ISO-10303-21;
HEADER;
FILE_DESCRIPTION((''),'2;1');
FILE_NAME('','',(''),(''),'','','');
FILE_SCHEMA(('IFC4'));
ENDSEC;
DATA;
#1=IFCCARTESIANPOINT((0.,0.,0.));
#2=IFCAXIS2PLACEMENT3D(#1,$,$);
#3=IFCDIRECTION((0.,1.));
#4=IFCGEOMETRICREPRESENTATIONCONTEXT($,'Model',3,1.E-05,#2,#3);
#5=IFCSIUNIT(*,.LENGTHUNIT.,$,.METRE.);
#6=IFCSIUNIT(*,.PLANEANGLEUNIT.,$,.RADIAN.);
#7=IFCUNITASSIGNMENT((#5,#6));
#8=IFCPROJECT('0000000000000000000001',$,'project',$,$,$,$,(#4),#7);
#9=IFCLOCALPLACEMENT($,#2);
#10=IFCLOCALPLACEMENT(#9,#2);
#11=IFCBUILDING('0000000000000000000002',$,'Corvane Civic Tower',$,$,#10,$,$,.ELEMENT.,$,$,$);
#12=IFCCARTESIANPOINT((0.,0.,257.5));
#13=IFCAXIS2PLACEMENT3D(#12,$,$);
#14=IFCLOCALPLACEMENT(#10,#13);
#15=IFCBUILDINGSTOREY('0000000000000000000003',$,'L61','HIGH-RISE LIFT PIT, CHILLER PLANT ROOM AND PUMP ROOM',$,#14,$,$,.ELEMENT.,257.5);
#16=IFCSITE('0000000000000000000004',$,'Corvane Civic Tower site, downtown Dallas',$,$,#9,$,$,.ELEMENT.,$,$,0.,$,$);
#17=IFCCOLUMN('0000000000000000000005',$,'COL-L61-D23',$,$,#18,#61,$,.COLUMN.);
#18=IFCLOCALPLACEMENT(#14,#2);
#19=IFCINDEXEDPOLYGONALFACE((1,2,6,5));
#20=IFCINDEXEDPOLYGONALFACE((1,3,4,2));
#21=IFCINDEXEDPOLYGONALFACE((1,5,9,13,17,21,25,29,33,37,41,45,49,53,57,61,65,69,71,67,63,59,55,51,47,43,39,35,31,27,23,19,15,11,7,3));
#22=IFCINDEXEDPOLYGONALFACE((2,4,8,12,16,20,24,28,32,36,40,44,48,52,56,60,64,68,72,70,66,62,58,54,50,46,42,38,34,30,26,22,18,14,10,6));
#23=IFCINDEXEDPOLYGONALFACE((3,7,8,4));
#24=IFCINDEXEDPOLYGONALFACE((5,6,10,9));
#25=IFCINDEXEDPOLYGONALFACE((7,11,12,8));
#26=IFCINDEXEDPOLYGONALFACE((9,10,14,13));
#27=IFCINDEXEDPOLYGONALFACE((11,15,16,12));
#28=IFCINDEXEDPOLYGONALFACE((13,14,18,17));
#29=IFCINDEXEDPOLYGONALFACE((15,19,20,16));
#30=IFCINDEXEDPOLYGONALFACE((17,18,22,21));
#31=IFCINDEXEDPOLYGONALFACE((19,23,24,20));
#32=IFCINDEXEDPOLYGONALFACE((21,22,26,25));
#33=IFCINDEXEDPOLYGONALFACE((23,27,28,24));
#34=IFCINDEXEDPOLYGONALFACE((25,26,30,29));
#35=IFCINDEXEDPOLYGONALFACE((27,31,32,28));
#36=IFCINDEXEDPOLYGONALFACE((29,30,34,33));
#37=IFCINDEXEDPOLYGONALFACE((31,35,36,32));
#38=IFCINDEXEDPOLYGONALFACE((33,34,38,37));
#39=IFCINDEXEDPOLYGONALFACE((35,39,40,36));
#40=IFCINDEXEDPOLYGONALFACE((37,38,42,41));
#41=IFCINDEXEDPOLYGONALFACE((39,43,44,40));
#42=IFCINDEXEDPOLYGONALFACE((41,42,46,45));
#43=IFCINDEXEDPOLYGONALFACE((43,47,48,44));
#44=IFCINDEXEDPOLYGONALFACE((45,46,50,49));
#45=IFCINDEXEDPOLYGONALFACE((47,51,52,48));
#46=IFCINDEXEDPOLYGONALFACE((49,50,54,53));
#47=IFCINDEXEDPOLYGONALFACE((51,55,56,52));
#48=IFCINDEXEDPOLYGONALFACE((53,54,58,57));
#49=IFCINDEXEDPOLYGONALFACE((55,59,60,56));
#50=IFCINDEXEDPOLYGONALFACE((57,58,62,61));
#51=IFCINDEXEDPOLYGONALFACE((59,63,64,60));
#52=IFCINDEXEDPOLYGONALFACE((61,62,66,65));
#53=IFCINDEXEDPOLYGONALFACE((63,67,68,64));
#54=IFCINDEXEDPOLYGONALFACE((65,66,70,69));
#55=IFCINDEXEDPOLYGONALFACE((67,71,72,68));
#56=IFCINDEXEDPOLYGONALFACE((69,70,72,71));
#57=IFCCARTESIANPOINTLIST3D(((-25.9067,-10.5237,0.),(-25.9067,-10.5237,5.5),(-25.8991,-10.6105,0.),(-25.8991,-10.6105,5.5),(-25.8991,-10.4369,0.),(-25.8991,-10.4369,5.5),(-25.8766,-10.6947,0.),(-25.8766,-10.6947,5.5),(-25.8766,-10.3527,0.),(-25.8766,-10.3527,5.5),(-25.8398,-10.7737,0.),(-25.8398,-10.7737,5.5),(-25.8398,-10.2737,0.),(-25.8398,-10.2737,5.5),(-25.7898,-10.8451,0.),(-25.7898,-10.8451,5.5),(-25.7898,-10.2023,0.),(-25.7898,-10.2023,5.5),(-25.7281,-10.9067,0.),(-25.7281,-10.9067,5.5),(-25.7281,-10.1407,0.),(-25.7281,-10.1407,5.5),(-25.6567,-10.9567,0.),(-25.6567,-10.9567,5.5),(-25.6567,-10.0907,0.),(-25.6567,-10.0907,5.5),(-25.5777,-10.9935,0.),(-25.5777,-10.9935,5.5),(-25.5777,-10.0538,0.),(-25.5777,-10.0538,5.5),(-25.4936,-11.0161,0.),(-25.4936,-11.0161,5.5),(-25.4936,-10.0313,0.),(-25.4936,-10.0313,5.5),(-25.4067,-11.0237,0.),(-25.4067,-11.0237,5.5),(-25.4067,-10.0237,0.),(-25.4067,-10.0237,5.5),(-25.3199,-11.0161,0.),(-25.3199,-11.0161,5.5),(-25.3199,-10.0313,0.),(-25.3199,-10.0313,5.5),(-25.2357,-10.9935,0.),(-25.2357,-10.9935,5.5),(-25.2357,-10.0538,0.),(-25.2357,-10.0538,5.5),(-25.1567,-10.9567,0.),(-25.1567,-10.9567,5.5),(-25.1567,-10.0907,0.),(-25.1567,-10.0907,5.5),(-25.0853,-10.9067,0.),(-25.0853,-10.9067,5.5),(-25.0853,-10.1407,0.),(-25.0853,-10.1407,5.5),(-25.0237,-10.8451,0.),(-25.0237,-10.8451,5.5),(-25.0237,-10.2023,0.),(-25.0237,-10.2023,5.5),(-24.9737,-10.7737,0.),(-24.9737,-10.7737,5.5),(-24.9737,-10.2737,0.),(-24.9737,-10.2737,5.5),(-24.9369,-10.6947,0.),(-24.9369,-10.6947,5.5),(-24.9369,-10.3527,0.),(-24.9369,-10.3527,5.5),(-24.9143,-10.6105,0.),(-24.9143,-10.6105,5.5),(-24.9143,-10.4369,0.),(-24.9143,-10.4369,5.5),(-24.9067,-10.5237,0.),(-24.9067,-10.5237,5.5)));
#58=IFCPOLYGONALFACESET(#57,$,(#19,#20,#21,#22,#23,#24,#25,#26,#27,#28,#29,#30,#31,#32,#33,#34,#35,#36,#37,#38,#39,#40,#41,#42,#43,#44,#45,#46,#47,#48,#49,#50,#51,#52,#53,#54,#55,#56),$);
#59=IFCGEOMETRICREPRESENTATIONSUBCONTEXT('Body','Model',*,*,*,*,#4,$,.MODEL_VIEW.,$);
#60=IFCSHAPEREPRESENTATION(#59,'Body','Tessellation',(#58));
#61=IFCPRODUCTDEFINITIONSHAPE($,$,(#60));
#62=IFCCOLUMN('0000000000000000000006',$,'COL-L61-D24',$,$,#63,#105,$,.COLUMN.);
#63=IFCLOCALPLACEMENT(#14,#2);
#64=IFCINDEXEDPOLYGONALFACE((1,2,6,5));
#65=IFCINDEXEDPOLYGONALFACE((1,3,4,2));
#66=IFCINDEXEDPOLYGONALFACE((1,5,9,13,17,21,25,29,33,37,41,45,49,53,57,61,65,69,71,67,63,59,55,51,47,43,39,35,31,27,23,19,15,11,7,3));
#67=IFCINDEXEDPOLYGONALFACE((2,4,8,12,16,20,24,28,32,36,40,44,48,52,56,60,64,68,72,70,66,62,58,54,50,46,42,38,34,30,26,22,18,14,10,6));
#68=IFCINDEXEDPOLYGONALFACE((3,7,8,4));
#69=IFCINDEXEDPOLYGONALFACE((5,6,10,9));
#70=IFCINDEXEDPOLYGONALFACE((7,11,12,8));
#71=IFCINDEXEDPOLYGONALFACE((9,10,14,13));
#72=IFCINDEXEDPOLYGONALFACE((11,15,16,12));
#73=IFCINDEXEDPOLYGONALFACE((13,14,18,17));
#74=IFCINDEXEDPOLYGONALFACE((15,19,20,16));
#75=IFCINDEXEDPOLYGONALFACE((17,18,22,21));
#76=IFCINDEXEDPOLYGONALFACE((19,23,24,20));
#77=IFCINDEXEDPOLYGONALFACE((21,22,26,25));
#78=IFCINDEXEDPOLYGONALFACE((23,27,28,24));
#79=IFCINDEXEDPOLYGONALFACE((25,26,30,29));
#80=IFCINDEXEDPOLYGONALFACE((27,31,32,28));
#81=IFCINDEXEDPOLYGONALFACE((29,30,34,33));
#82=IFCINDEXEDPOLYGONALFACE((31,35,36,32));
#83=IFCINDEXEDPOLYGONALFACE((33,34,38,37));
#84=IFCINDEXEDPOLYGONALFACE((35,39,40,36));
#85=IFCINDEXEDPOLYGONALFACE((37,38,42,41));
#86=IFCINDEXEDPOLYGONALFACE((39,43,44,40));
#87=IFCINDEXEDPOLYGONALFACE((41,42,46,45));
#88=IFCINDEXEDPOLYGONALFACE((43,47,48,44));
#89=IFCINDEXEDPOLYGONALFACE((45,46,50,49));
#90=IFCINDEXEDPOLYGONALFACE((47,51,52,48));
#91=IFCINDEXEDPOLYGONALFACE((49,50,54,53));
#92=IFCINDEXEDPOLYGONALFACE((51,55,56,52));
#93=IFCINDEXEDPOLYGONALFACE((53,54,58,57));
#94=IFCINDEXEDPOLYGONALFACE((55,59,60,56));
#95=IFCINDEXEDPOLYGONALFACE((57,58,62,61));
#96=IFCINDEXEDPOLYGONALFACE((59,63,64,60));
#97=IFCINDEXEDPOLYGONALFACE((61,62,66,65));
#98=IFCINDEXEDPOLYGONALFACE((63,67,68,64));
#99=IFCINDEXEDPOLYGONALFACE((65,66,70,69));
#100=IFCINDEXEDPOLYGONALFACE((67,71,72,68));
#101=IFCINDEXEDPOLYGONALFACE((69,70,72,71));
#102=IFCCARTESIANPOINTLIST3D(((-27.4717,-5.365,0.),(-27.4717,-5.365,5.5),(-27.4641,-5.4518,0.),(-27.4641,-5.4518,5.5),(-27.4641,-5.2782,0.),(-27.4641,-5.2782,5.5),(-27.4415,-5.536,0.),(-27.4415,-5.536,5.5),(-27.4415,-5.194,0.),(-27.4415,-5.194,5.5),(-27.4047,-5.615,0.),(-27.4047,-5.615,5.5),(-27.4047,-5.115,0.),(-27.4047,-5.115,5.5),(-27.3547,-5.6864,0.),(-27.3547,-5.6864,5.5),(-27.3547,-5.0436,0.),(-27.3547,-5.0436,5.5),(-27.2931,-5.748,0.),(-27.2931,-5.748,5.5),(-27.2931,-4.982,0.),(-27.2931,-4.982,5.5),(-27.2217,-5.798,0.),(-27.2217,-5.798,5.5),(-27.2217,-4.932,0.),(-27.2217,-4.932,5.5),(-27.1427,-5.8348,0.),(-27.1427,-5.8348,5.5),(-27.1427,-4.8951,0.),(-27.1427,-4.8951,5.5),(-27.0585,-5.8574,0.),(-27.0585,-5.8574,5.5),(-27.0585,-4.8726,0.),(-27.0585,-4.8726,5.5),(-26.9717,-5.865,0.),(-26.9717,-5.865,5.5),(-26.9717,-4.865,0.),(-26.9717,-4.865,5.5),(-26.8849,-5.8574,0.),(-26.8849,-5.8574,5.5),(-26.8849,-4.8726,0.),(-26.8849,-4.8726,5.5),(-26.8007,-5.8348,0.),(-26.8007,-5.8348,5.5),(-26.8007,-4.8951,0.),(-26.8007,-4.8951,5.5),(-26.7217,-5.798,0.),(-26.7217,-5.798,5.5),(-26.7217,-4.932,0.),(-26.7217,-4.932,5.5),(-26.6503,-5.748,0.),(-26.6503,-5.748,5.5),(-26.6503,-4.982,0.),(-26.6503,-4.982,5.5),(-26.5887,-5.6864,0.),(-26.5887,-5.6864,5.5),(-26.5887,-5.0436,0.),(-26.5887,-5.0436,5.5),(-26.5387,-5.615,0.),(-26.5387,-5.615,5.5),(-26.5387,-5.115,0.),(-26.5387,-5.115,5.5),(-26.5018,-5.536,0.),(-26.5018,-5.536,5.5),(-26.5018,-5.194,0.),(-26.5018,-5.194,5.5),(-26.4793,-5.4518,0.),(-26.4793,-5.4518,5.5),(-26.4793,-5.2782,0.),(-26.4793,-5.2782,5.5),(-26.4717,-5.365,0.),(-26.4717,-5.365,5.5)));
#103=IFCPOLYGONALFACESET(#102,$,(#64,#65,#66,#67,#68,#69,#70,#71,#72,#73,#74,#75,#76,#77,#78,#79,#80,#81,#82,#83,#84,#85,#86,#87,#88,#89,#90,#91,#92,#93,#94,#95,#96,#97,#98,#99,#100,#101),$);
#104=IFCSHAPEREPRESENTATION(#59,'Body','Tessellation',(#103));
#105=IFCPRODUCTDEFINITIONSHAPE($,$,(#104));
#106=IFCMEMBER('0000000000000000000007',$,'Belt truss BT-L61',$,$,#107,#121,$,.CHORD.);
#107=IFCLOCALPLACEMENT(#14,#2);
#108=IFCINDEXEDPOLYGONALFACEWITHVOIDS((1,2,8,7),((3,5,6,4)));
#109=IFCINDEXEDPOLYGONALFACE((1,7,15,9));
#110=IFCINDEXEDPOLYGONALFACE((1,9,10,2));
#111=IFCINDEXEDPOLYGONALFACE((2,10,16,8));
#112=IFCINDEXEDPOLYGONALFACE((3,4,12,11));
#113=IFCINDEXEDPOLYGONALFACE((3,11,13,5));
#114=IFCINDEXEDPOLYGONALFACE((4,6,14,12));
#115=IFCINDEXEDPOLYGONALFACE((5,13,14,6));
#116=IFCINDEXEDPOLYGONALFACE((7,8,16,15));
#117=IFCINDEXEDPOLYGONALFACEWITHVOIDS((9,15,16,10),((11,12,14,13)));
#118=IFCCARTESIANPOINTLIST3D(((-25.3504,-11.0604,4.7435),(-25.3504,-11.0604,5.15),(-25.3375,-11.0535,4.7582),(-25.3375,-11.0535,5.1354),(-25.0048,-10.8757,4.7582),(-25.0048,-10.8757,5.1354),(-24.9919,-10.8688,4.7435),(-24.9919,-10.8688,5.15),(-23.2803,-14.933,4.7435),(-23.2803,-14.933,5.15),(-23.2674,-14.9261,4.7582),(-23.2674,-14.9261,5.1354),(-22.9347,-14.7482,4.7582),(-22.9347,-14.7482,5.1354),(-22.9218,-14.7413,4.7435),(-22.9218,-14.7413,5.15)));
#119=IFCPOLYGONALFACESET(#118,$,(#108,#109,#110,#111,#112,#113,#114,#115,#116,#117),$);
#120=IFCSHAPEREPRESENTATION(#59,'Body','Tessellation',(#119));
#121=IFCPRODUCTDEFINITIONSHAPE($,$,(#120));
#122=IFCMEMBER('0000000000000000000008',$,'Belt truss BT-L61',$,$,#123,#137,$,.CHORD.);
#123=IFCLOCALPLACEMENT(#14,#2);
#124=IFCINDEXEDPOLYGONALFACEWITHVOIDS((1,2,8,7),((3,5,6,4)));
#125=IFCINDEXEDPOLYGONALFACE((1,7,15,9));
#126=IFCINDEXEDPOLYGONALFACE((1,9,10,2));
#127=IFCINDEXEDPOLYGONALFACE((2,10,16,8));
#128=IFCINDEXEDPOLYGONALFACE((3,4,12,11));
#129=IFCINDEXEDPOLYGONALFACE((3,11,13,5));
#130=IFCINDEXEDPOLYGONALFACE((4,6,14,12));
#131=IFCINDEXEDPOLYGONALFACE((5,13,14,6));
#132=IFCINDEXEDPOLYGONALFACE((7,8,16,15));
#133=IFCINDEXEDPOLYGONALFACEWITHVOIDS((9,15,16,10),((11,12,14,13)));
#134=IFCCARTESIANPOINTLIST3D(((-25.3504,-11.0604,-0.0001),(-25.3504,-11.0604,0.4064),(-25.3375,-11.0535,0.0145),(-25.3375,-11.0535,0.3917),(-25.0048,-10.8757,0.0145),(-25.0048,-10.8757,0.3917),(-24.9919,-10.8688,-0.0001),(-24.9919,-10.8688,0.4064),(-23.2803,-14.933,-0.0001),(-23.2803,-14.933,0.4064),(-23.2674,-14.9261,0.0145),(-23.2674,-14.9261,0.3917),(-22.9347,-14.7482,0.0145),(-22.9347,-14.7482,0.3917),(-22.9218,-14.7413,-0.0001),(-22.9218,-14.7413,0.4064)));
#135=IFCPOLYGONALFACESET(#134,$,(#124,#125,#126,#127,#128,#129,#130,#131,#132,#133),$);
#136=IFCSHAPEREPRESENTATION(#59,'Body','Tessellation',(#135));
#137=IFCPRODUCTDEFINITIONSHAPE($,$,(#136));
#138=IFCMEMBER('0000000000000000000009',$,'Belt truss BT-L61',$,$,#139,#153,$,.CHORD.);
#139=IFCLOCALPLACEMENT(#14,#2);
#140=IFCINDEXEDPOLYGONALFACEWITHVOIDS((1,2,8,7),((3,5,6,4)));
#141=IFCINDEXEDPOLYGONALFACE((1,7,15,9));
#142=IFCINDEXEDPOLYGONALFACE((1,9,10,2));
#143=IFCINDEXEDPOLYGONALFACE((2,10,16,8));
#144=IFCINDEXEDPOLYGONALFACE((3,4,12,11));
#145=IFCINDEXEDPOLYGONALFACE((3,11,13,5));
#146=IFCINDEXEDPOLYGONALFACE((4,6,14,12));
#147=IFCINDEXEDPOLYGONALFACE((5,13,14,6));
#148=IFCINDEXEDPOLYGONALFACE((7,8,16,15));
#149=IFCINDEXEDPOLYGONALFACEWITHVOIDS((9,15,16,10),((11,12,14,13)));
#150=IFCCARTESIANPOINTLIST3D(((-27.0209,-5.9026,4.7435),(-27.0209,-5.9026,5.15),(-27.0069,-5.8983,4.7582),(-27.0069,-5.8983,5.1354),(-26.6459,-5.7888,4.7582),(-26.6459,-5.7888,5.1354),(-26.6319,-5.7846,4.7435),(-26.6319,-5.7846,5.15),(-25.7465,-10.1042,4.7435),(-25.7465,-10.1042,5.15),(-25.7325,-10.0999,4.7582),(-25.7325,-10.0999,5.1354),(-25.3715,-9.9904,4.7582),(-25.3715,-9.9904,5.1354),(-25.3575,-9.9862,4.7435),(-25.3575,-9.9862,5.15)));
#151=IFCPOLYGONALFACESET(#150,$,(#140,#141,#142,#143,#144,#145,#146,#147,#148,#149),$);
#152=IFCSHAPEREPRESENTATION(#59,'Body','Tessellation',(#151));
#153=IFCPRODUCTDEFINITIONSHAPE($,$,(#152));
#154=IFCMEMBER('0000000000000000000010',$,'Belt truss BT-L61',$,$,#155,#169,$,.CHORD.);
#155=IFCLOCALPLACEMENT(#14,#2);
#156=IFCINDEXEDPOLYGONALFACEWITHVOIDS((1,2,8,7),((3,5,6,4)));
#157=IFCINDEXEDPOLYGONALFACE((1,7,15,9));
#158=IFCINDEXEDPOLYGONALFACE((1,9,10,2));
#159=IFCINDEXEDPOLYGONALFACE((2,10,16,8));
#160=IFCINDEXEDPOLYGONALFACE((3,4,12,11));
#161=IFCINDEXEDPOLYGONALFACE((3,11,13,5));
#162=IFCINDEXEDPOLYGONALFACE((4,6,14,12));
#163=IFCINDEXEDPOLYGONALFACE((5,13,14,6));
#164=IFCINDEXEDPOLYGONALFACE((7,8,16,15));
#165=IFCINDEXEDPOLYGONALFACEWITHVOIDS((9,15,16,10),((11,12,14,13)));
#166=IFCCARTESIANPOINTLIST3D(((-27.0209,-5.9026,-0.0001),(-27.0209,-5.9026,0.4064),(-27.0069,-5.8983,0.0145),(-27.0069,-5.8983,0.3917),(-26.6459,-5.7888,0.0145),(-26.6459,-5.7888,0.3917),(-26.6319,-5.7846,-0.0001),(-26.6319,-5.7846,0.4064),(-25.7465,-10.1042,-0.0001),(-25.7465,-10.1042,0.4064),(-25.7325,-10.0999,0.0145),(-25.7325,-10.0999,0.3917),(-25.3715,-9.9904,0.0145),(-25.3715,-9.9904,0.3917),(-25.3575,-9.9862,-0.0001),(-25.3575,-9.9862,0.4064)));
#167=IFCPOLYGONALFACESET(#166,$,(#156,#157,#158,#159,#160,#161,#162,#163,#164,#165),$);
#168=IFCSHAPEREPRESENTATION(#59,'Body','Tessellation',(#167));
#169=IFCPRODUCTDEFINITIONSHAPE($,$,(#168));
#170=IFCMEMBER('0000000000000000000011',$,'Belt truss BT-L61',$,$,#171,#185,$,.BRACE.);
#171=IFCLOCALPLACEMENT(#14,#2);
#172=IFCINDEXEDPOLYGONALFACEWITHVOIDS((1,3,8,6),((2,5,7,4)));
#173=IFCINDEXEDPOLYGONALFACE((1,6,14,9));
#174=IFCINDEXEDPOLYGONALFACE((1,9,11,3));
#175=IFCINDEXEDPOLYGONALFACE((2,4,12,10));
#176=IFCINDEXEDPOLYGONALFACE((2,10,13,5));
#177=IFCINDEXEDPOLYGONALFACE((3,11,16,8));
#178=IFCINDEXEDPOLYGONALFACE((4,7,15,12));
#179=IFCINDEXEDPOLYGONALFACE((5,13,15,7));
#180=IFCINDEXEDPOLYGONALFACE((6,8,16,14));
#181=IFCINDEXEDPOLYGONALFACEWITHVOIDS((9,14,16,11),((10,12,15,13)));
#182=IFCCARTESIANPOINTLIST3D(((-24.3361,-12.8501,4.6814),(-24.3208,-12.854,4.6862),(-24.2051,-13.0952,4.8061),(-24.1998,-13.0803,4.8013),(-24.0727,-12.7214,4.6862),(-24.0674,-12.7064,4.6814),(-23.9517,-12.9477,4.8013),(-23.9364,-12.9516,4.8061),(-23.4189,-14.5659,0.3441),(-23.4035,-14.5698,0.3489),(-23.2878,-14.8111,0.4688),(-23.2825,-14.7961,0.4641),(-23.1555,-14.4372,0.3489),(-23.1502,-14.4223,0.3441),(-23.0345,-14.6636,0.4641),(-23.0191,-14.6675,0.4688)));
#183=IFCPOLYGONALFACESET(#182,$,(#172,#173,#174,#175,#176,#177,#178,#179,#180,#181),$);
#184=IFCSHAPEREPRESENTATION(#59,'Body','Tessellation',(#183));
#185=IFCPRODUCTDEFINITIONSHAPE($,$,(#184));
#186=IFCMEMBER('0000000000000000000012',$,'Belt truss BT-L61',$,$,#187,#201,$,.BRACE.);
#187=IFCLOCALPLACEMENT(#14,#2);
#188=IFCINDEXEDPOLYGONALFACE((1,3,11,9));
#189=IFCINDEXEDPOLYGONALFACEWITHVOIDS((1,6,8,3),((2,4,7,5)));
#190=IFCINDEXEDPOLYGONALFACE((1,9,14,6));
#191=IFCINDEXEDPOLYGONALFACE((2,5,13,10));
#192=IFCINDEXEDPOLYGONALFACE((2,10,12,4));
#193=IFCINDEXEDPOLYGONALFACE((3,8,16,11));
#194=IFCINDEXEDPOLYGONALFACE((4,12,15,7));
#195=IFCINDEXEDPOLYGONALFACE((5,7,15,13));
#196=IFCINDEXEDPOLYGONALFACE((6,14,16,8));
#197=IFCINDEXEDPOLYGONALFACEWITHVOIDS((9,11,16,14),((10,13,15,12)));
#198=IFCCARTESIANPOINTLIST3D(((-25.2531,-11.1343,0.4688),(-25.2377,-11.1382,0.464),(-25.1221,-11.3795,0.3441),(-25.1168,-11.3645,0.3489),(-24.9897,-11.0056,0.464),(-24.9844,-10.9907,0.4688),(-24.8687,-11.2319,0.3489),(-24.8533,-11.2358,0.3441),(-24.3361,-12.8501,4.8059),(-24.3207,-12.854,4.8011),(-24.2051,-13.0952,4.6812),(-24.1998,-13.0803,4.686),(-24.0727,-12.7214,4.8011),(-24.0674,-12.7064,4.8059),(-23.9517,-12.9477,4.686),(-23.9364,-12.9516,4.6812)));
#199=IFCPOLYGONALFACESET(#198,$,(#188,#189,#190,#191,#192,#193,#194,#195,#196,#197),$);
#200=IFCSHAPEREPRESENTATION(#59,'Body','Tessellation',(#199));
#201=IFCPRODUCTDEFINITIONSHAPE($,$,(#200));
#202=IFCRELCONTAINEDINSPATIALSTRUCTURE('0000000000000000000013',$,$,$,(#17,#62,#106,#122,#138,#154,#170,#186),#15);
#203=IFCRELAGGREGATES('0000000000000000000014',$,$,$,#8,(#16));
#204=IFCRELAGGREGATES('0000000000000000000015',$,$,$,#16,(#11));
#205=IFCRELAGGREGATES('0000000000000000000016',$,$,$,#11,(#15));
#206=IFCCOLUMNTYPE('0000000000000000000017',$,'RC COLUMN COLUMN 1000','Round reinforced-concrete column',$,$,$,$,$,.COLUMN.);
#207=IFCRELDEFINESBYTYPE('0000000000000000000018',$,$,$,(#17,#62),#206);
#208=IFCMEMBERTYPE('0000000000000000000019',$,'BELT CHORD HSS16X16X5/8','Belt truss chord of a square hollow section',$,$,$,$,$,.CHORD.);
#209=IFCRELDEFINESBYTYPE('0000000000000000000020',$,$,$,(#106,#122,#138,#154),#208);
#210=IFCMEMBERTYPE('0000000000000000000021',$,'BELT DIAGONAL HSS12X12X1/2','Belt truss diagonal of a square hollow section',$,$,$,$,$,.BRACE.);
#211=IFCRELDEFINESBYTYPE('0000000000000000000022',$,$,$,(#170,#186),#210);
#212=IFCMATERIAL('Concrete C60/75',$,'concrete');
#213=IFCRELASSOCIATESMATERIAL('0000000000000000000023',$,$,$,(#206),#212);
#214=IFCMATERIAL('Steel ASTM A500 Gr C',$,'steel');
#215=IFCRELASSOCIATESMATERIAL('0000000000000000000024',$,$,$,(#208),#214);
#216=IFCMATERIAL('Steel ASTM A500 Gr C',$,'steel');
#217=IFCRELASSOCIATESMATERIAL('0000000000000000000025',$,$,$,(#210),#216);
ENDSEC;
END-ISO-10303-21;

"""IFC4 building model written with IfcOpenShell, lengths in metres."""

from ifc_helpers import new_model, si_unit, direction, frame, origin, origin_2d, place, context, subcontext, project, spatial, hollow_rectangle, circle, extrude, material, material_profile, profile_set, type_object, element, save


model = new_model("IFC4")

# Units and contexts
model_context = context("Model", 3, precision=1e-05, world=origin(), true_north=direction((0.0, 1.0)))
body_context = subcontext(model_context, "Body", "Model", "MODEL_VIEW")
ifc_project = project(units=[si_unit("LENGTHUNIT", "METRE"), si_unit("PLANEANGLEUNIT", "RADIAN")], contexts=[model_context])

# Site, building, storey
site_placement = place(None, origin())
site = spatial("IfcSite", under=ifc_project, at=site_placement, Name="Corvane Civic Tower site, downtown Dallas", CompositionType="ELEMENT", RefElevation=0.0)
building_placement = place(site_placement, origin())
building = spatial("IfcBuilding", under=site, at=building_placement, Name="Corvane Civic Tower", CompositionType="ELEMENT")
storey_placement = place(building_placement, frame((0.0, 0.0, 257.5)))
storey = spatial("IfcBuildingStorey", under=building, at=storey_placement, Name="L61", Description="HIGH-RISE LIFT PIT, CHILLER PLANT ROOM AND PUMP ROOM", CompositionType="ELEMENT", Elevation=257.5)

# Columns
ifc_material_1 = material(Name="Concrete C60/75", Category="concrete")
ifc_material_profile_1 = material_profile(ifc_material_1, circle(Radius=0.5, at=origin_2d()), Name="COLUMN 1000")
ifc_profile_set_1 = profile_set([ifc_material_profile_1], Name="Concrete C60/75")
column_type = type_object("IfcColumnType", Name="RC COLUMN COLUMN 1000", Description="Round reinforced-concrete column", PredefinedType="COLUMN", material=ifc_profile_set_1)
for number, where, z_axis, x_axis, name in (
    (1, (-25.4067, -10.5237, 0.0), (0.0, 0.0, 1.0), (1.0, 0.0, 0.0), "COL-L61-D23"),
    (2, (-26.9717, -5.365, 0.0), (0.0, 0.0, 1.0), (1.0, 0.0, 0.0), "COL-L61-D24"),
):
    element("IfcColumn", number, at=place(storey_placement, frame(where, z_axis=z_axis, x_axis=x_axis)), inside=storey, type_object=column_type, Name=name, PredefinedType="COLUMN", context=body_context, shape_type="SweptSolid", body=[
        extrude(circle(Radius=0.5, at=origin_2d()), origin(), (0.0, 0.0, 1.0), 5.5),
    ])

# Members
ifc_material_2 = material(Name="Steel ASTM A500 Gr C", Category="steel")
ifc_material_profile_2 = material_profile(ifc_material_2, hollow_rectangle(XDim=0.4065, YDim=0.4065, WallThickness=0.0146, at=origin_2d()), Name="HSS16X16X5/8")
ifc_profile_set_2 = profile_set([ifc_material_profile_2], Name="Steel ASTM A500 Gr C")
member_type_1 = type_object("IfcMemberType", Name="BELT CHORD HSS16X16X5/8", Description="Belt truss chord of a square hollow section", PredefinedType="CHORD", material=ifc_profile_set_2)
for number, where, z_axis, x_axis, name in (
    (3, (-23.1011, -14.8372, 4.9468), (-0.471422, 0.881908, 0.0), (-0.881908, -0.471422, 0.0), "Belt truss BT-L61"),
    (4, (-23.1011, -14.8372, 0.2031), (-0.471422, 0.881908, 0.0), (-0.881908, -0.471422, 0.0), "Belt truss BT-L61"),
):
    element("IfcMember", number, at=place(storey_placement, frame(where, z_axis=z_axis, x_axis=x_axis)), inside=storey, type_object=member_type_1, Name=name, PredefinedType="CHORD", context=body_context, shape_type="SweptSolid", body=[
        extrude(hollow_rectangle(XDim=0.4065, YDim=0.4065, WallThickness=0.0146, at=origin_2d()), origin(), (0.0, 0.0, 1.0), 4.3911),
    ])
for number, where, z_axis, x_axis, name in (
    (5, (-25.552, -10.0452, 4.9468), (-0.290254, 0.95695, 0.0), (-0.95695, -0.290254, 0.0), "Belt truss BT-L61"),
    (6, (-25.552, -10.0452, 0.2031), (-0.290254, 0.95695, 0.0), (-0.95695, -0.290254, 0.0), "Belt truss BT-L61"),
):
    element("IfcMember", number, at=place(storey_placement, frame(where, z_axis=z_axis, x_axis=x_axis)), inside=storey, type_object=member_type_1, Name=name, PredefinedType="CHORD", context=body_context, shape_type="SweptSolid", body=[
        extrude(hollow_rectangle(XDim=0.4065, YDim=0.4065, WallThickness=0.0146, at=origin_2d()), origin(), (0.0, 0.0, 1.0), 4.3906),
    ])
ifc_material_3 = material(Name="Steel ASTM A500 Gr C", Category="steel")
ifc_material_profile_3 = material_profile(ifc_material_3, hollow_rectangle(XDim=0.3047, YDim=0.3047, WallThickness=0.0117, at=origin_2d()), Name="HSS12X12X1/2")
ifc_profile_set_3 = profile_set([ifc_material_profile_3], Name="Steel ASTM A500 Gr C")
member_type_2 = type_object("IfcMemberType", Name="BELT DIAGONAL HSS12X12X1/2", Description="Belt truss diagonal of a square hollow section", PredefinedType="BRACE", material=ifc_profile_set_3)
member_1_placement = place(storey_placement, frame((-23.219, -14.6167, 0.4065), z_axis=(-0.192958, 0.360955, 0.912403), x_axis=(-0.881897, -0.471441, 0.0)))
element("IfcMember", 7, at=member_1_placement, inside=storey, type_object=member_type_2, Name="Belt truss BT-L61", PredefinedType="BRACE", context=body_context, shape_type="SweptSolid", body=[
    extrude(hollow_rectangle(XDim=0.3047, YDim=0.3047, WallThickness=0.0117, at=origin_2d()), origin(), (0.0, 0.0, 1.0), 4.7537),
])
for number, where, z_axis, x_axis, name in (
    (8, (-25.0532, -11.1851, 0.4065), (0.192908, -0.360959, 0.912412), (0.88195, 0.471344, 0.0), "Belt truss BT-L61"),
):
    element("IfcMember", number, at=place(storey_placement, frame(where, z_axis=z_axis, x_axis=x_axis)), inside=storey, type_object=member_type_2, Name=name, PredefinedType="BRACE", context=body_context, shape_type="SweptSolid", body=[
        extrude(hollow_rectangle(XDim=0.3047, YDim=0.3047, WallThickness=0.0117, at=origin_2d()), origin(), (0.0, 0.0, 1.0), 4.7534),
    ])

save(model, "model.ifc")
